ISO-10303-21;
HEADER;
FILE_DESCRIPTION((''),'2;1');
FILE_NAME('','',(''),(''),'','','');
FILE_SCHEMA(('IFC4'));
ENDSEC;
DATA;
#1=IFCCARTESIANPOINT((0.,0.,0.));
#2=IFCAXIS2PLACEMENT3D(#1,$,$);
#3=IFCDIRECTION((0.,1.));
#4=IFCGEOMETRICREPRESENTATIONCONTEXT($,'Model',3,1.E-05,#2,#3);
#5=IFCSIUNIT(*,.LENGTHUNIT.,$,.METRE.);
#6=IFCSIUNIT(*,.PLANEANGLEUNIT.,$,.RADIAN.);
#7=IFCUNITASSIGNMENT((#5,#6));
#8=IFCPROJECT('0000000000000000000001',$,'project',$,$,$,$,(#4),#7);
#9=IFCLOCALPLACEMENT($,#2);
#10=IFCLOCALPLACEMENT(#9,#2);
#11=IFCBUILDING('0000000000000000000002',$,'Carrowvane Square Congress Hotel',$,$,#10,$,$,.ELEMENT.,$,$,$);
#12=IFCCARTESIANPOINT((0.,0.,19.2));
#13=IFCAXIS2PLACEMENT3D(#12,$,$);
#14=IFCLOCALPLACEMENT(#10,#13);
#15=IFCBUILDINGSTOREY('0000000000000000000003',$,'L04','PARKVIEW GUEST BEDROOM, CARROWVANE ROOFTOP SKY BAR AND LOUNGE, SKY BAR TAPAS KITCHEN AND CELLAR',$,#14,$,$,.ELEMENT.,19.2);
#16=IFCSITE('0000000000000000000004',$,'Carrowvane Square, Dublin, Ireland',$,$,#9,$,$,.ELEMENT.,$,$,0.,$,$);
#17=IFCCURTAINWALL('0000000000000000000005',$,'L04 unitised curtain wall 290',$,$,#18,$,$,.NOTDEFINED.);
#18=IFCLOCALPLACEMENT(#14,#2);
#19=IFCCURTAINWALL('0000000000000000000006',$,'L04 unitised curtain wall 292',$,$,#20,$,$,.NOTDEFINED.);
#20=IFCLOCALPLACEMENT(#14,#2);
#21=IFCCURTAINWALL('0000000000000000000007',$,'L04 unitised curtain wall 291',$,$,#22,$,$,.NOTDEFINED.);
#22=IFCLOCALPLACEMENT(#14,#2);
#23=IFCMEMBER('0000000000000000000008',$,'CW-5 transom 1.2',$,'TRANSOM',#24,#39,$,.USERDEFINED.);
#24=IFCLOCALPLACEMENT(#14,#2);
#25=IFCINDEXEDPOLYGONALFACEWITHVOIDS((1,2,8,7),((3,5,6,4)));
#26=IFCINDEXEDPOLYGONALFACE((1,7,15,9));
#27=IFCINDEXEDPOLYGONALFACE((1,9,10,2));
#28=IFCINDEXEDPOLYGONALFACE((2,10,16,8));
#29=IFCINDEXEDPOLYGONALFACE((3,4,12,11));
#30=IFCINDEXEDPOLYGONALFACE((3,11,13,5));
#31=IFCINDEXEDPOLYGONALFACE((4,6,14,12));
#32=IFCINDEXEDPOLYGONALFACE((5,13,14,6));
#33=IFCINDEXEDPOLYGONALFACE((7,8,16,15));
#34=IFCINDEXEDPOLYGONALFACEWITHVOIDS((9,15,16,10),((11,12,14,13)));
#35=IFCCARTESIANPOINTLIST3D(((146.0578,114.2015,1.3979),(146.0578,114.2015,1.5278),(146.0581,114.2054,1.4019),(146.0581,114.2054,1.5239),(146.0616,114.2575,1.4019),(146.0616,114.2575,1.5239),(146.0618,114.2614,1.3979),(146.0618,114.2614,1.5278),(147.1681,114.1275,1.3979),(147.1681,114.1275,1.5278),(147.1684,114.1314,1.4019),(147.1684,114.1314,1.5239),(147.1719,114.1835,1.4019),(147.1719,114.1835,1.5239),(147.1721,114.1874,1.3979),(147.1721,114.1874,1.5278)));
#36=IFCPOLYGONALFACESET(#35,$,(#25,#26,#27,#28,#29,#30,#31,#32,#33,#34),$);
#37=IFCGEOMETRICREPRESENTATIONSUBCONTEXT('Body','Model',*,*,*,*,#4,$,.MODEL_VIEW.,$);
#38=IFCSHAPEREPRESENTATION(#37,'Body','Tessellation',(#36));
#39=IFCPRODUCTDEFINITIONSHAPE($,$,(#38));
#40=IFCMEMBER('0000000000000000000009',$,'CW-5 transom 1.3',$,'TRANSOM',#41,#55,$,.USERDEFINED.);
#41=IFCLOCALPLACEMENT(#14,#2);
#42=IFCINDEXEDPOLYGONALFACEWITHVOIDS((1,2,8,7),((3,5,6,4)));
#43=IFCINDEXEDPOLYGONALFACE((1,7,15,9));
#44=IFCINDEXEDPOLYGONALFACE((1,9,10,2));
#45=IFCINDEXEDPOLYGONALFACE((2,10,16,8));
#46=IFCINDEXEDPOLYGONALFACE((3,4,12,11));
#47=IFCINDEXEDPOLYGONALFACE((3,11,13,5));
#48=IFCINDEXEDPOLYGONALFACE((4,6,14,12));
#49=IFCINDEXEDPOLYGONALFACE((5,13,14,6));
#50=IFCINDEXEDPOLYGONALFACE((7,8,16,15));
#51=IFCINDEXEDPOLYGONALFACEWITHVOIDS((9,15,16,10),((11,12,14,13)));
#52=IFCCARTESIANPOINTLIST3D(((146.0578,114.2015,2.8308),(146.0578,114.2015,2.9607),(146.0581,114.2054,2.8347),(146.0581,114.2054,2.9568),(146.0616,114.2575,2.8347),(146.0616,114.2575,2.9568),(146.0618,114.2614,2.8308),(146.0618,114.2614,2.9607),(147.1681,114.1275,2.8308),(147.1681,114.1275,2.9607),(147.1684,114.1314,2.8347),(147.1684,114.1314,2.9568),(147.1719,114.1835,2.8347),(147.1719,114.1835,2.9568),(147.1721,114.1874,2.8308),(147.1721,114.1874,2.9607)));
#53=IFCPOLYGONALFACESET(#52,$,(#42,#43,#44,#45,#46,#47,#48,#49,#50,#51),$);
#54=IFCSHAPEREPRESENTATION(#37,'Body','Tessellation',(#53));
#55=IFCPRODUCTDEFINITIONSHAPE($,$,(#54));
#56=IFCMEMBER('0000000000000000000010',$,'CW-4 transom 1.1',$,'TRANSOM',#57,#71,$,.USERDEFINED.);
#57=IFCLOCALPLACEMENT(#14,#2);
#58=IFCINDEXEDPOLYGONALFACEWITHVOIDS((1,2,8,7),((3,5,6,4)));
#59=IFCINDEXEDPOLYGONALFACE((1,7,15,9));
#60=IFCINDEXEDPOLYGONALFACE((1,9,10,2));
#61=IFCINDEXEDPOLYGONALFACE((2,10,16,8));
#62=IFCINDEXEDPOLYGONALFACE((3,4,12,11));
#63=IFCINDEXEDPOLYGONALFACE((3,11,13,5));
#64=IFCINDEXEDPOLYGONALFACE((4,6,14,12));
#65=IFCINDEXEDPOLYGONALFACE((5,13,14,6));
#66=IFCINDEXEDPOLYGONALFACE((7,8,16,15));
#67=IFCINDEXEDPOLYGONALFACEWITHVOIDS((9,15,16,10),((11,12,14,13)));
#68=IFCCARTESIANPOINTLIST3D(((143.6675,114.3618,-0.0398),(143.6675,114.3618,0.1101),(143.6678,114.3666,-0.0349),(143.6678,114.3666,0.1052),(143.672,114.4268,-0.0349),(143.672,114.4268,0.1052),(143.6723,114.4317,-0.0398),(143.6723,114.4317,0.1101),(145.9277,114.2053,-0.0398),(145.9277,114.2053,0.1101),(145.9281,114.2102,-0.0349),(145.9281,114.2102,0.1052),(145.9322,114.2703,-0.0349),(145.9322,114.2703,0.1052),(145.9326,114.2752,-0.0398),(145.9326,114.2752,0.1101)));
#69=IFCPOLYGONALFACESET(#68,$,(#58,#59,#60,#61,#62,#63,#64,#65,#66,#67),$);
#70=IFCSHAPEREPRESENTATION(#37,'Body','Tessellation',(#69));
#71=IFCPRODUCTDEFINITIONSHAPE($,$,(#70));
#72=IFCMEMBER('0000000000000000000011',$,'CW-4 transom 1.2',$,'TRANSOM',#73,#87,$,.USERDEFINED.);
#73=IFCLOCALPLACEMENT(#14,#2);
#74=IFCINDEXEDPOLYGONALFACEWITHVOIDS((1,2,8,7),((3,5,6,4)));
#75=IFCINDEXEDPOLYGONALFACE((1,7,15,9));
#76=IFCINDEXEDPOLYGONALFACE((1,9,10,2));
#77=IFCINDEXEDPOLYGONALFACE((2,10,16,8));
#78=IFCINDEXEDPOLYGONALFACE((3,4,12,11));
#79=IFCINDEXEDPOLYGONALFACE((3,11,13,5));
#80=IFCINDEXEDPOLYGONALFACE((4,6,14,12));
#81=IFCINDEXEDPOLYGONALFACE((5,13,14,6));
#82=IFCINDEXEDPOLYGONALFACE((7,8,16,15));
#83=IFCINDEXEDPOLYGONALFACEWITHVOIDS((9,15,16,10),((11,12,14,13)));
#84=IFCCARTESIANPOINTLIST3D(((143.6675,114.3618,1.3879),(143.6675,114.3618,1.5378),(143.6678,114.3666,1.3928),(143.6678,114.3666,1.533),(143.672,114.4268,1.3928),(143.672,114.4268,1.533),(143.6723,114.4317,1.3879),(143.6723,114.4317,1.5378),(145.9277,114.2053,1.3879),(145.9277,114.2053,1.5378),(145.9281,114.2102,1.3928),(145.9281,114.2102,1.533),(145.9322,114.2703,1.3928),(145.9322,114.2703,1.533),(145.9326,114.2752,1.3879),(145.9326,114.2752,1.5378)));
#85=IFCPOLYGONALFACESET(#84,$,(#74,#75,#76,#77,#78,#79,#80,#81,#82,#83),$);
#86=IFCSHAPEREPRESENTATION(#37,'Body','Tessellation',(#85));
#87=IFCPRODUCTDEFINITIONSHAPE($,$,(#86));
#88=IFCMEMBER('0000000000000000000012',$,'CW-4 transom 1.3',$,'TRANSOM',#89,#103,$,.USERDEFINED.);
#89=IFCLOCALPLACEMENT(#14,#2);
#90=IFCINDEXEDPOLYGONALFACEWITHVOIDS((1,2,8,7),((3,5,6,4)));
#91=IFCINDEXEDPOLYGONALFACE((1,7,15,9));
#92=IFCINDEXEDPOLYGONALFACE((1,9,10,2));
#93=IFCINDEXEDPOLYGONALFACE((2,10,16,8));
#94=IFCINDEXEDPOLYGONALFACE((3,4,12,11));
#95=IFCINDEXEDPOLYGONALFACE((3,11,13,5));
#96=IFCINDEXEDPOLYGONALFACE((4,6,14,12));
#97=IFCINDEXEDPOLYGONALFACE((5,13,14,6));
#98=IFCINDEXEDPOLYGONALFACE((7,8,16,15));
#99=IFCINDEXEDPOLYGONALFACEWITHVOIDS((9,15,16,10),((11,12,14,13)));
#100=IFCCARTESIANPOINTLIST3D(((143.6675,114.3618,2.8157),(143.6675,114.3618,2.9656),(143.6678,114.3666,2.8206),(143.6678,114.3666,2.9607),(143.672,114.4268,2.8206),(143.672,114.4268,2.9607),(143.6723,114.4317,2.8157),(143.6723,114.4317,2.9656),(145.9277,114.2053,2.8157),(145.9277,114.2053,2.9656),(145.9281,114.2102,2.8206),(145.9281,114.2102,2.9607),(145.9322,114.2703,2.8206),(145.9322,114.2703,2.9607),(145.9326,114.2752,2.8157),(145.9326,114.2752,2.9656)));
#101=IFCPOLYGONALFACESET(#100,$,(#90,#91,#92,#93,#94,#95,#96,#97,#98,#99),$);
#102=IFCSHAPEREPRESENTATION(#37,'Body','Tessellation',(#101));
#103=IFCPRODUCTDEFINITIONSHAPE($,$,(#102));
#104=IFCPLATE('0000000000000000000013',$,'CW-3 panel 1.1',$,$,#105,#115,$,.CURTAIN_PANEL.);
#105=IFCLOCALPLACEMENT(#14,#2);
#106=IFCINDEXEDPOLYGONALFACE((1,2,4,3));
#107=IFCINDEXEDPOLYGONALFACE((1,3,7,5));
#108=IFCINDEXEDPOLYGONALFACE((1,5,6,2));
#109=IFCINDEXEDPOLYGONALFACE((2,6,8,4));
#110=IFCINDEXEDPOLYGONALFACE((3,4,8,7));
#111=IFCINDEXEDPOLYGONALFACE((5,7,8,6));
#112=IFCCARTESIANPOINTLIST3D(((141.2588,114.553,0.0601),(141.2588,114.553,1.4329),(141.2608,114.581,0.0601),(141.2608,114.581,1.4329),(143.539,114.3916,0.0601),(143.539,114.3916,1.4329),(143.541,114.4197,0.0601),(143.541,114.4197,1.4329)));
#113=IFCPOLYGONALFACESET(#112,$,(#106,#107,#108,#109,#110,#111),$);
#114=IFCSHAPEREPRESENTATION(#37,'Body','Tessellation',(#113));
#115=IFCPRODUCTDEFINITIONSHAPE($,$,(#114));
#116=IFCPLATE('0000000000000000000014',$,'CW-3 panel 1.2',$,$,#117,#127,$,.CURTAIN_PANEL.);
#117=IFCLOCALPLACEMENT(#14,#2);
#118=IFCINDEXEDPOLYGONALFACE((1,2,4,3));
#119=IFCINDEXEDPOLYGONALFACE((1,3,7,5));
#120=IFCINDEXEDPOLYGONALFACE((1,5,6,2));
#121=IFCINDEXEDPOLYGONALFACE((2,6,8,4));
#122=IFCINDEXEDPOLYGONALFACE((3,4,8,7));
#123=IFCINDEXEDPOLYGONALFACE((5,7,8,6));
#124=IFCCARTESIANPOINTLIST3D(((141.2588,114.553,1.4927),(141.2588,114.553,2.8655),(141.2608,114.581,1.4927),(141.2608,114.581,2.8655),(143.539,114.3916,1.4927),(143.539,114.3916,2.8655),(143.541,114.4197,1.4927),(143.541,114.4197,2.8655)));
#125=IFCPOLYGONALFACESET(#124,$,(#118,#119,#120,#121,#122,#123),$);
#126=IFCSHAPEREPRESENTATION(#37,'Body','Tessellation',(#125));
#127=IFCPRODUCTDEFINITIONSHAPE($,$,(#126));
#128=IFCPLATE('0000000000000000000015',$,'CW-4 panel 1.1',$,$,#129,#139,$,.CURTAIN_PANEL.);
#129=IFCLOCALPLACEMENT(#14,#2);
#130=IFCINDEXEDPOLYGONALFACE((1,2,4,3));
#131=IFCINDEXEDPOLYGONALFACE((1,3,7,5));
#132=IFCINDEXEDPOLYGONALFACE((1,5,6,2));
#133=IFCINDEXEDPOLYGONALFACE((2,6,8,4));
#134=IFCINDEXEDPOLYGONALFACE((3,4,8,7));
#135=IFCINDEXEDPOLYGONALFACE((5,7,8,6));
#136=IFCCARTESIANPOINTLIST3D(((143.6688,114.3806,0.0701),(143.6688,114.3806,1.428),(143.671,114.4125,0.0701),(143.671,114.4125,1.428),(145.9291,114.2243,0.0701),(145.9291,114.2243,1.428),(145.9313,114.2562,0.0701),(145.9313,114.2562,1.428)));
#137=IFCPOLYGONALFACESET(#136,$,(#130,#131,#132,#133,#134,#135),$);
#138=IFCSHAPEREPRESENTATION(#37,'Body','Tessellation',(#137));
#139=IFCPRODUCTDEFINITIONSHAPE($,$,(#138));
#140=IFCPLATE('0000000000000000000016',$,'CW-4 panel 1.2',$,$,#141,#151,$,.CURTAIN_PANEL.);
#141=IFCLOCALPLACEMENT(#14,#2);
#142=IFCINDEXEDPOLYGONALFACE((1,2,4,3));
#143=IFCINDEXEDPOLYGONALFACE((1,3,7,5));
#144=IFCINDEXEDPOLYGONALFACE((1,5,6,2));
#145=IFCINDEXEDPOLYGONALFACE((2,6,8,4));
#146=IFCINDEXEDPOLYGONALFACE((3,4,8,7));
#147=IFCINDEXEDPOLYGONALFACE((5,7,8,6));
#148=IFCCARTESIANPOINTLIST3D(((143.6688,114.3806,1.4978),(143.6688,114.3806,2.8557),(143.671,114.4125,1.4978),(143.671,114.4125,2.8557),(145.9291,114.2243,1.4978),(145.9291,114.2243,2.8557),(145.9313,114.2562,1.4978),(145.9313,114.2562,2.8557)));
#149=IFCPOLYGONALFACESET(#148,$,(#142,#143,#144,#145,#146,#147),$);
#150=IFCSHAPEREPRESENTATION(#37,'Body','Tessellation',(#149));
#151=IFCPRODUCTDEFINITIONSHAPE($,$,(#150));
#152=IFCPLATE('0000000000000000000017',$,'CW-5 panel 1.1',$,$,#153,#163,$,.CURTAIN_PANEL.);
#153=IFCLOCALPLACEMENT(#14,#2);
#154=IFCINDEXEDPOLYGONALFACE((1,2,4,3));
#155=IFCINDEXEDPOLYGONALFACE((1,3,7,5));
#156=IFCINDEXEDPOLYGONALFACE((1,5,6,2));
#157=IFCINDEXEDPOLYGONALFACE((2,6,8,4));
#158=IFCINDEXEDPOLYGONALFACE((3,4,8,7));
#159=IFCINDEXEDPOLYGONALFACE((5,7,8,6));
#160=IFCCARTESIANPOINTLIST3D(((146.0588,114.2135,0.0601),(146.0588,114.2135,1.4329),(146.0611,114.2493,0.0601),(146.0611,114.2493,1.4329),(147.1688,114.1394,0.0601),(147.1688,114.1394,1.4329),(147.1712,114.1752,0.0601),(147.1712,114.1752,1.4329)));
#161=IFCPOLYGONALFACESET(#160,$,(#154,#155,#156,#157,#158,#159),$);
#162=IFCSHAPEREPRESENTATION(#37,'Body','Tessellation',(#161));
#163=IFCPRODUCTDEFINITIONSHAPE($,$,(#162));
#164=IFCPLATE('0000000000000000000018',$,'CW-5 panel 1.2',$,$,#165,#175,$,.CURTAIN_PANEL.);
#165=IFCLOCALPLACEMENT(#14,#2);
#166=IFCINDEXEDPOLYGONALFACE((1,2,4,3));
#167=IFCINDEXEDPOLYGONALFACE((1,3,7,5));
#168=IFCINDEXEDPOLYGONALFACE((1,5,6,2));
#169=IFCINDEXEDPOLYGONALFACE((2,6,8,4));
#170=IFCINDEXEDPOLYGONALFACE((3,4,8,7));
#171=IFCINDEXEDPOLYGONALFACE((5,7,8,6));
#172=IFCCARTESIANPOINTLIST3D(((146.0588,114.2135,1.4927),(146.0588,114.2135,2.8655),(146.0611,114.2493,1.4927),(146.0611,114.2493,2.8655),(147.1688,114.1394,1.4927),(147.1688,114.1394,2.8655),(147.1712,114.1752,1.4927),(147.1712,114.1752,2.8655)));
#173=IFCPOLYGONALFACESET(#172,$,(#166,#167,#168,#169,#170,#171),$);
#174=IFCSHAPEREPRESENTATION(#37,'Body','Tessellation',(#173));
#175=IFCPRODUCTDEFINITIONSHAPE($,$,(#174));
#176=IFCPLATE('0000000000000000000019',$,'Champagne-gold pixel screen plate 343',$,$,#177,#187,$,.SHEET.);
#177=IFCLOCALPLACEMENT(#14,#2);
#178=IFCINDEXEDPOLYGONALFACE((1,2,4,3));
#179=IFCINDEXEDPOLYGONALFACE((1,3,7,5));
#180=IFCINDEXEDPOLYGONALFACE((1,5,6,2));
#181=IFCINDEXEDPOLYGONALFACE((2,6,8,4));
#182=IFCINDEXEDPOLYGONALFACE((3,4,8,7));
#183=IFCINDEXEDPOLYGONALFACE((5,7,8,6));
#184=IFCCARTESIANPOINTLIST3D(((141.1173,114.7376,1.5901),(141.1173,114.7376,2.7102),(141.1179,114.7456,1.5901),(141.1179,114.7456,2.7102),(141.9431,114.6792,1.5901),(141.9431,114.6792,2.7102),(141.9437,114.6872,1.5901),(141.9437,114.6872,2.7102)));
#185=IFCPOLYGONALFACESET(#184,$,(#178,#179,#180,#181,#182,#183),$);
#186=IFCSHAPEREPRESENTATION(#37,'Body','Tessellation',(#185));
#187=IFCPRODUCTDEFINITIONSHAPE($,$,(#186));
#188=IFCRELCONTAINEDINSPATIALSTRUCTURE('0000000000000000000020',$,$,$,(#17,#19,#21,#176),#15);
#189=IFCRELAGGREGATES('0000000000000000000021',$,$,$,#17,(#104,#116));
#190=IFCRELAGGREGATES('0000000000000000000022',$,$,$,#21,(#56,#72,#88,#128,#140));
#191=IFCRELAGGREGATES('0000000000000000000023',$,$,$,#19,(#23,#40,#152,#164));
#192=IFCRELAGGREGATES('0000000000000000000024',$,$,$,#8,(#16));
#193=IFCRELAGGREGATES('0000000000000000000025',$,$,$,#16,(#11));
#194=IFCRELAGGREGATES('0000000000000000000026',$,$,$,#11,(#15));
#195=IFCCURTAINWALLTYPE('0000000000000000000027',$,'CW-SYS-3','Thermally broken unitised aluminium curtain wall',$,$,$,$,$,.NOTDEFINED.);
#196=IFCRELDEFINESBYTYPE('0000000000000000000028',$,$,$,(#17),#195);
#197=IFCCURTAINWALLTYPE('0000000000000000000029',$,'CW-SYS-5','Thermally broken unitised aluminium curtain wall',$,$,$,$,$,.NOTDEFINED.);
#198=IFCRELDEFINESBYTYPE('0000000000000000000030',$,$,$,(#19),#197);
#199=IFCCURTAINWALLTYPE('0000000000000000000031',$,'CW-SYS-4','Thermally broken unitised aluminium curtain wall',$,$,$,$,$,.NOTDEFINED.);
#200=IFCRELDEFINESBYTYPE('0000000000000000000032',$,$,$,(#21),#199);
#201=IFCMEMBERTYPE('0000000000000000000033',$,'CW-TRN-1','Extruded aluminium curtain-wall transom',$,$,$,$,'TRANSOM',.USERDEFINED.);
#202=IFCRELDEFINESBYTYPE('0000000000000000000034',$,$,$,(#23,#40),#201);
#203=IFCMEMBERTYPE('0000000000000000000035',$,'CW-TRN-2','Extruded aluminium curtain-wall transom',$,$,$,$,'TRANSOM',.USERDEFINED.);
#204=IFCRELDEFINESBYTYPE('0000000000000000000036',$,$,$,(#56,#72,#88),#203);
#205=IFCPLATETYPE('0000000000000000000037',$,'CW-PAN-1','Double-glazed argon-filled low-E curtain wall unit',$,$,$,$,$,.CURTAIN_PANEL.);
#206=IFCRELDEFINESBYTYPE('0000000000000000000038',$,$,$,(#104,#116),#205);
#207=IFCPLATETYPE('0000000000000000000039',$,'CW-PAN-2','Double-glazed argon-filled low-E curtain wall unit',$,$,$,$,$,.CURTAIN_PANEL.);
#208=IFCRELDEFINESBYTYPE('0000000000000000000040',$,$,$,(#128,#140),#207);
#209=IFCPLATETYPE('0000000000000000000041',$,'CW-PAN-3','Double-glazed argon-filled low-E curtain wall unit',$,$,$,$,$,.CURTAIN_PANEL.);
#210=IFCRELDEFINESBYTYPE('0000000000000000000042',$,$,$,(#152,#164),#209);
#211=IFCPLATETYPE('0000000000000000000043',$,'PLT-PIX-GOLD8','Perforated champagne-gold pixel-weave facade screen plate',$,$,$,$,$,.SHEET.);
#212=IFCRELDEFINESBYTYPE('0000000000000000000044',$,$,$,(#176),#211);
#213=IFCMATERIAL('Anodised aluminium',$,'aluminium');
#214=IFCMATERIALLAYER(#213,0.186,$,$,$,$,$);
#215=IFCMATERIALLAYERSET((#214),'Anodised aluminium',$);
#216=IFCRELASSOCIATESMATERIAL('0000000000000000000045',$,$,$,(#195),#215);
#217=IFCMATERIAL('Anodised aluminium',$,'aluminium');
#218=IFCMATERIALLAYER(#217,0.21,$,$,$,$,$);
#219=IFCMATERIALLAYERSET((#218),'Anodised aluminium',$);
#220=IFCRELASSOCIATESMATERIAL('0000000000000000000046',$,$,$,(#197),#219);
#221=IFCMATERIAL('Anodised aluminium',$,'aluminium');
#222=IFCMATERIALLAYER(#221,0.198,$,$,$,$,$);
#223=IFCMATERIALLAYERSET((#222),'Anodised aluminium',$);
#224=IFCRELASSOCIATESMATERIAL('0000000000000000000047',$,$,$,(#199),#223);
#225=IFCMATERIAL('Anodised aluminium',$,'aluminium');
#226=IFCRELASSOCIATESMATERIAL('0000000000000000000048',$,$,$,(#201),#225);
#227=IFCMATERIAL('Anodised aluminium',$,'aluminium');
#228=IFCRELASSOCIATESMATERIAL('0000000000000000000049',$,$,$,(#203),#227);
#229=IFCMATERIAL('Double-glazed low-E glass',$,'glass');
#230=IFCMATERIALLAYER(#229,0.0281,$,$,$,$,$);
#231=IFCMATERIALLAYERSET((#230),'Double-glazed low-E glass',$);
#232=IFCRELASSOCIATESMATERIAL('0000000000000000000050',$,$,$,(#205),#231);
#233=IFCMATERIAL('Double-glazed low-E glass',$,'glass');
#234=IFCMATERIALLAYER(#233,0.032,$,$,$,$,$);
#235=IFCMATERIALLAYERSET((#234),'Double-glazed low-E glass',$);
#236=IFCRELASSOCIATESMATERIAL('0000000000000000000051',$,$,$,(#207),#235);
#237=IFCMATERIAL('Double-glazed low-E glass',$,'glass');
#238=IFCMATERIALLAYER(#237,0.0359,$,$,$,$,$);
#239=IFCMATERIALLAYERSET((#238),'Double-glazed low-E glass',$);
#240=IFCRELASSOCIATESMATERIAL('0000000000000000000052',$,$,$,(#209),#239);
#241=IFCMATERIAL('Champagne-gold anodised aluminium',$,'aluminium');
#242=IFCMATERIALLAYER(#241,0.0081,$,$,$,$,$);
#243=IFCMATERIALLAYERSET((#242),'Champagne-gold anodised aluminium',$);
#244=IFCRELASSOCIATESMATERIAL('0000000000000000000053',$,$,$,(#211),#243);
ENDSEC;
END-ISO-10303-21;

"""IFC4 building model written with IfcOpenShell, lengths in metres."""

from ifc_helpers import new_model, si_unit, direction, frame, origin, origin_2d, place, context, subcontext, project, spatial, rectangle, hollow_rectangle, extrude, material, layer, layer_set, material_profile, profile_set, type_object, element, aggregate, save


model = new_model("IFC4")

# Units and contexts
model_context = context("Model", 3, precision=1e-05, world=origin(), true_north=direction((0.0, 1.0)))
body_context = subcontext(model_context, "Body", "Model", "MODEL_VIEW")
ifc_project = project(units=[si_unit("LENGTHUNIT", "METRE"), si_unit("PLANEANGLEUNIT", "RADIAN")], contexts=[model_context])

# Site, building, storey
site_placement = place(None, origin())
site = spatial("IfcSite", under=ifc_project, at=site_placement, Name="Carrowvane Square, Dublin, Ireland", CompositionType="ELEMENT", RefElevation=0.0)
building_placement = place(site_placement, origin())
building = spatial("IfcBuilding", under=site, at=building_placement, Name="Carrowvane Square Congress Hotel", CompositionType="ELEMENT")
storey_placement = place(building_placement, frame((0.0, 0.0, 19.2)))
storey = spatial("IfcBuildingStorey", under=building, at=storey_placement, Name="L04", Description="PARKVIEW GUEST BEDROOM, CARROWVANE ROOFTOP SKY BAR AND LOUNGE, SKY BAR TAPAS KITCHEN AND CELLAR", CompositionType="ELEMENT", Elevation=19.2)

# Curtain wall
ifc_material_1 = material(Name="Anodised aluminium", Category="aluminium")
ifc_layer_1 = layer(ifc_material_1, 0.186)
ifc_layer_set_1 = layer_set([ifc_layer_1], Name="Anodised aluminium")
curtain_wall_type_1 = type_object("IfcCurtainWallType", Name="CW-SYS-3", Description="Thermally broken unitised aluminium curtain wall", PredefinedType="NOTDEFINED", material=ifc_layer_set_1)
curtain_wall_1_placement = place(storey_placement, origin())
curtain_wall_1 = element("IfcCurtainWall", 1, at=curtain_wall_1_placement, inside=storey, type_object=curtain_wall_type_1, Name="L04 unitised curtain wall 290", PredefinedType="NOTDEFINED")

# Curtain wall
ifc_material_2 = material(Name="Anodised aluminium", Category="aluminium")
ifc_layer_2 = layer(ifc_material_2, 0.21)
ifc_layer_set_2 = layer_set([ifc_layer_2], Name="Anodised aluminium")
curtain_wall_type_2 = type_object("IfcCurtainWallType", Name="CW-SYS-5", Description="Thermally broken unitised aluminium curtain wall", PredefinedType="NOTDEFINED", material=ifc_layer_set_2)
curtain_wall_2_placement = place(storey_placement, origin())
curtain_wall_2 = element("IfcCurtainWall", 2, at=curtain_wall_2_placement, inside=storey, type_object=curtain_wall_type_2, Name="L04 unitised curtain wall 292", PredefinedType="NOTDEFINED")

# Curtain wall
ifc_material_3 = material(Name="Anodised aluminium", Category="aluminium")
ifc_layer_3 = layer(ifc_material_3, 0.198)
ifc_layer_set_3 = layer_set([ifc_layer_3], Name="Anodised aluminium")
curtain_wall_type_3 = type_object("IfcCurtainWallType", Name="CW-SYS-4", Description="Thermally broken unitised aluminium curtain wall", PredefinedType="NOTDEFINED", material=ifc_layer_set_3)
curtain_wall_3_placement = place(storey_placement, origin())
curtain_wall_3 = element("IfcCurtainWall", 3, at=curtain_wall_3_placement, inside=storey, type_object=curtain_wall_type_3, Name="L04 unitised curtain wall 291", PredefinedType="NOTDEFINED")

# Members
ifc_material_4 = material(Name="Anodised aluminium", Category="aluminium")
ifc_material_profile_1 = material_profile(ifc_material_4, hollow_rectangle(XDim=0.0601, YDim=0.1299, WallThickness=0.0039, at=origin_2d()), Name="CW-TR 60x130x4")
ifc_profile_set_1 = profile_set([ifc_material_profile_1], Name="Anodised aluminium")
member_type_1 = type_object("IfcMemberType", Name="CW-TRN-1", Description="Extruded aluminium curtain-wall transom", ElementType="TRANSOM", PredefinedType="USERDEFINED", material=ifc_profile_set_1)
member_1_placement = place(storey_placement, frame((146.0598, 114.2314, 1.4629), z_axis=(0.997788, -0.066475, 0.0), x_axis=(0.066475, 0.997788, 0.0)))
member_1 = element("IfcMember", 4, at=member_1_placement, type_object=member_type_1, Name="CW-5 transom 1.2", ObjectType="TRANSOM", PredefinedType="USERDEFINED", context=body_context, shape_type="SweptSolid", body=[
    extrude(hollow_rectangle(XDim=0.0601, YDim=0.1299, WallThickness=0.0039, at=origin_2d()), origin(), (0.0, 0.0, 1.0), 1.1128),
])
member_2_placement = place(storey_placement, frame((146.0598, 114.2314, 2.8958), z_axis=(0.997788, -0.066475, 0.0), x_axis=(0.066475, 0.997788, 0.0)))
member_2 = element("IfcMember", 5, at=member_2_placement, type_object=member_type_1, Name="CW-5 transom 1.3", ObjectType="TRANSOM", PredefinedType="USERDEFINED", context=body_context, shape_type="SweptSolid", body=[
    extrude(hollow_rectangle(XDim=0.0601, YDim=0.1299, WallThickness=0.0039, at=origin_2d()), origin(), (0.0, 0.0, 1.0), 1.1128),
])
ifc_material_5 = material(Name="Anodised aluminium", Category="aluminium")
ifc_material_profile_2 = material_profile(ifc_material_5, hollow_rectangle(XDim=0.0701, YDim=0.1499, WallThickness=0.0049, at=origin_2d()), Name="CW-TR 70x150x5")
ifc_profile_set_2 = profile_set([ifc_material_profile_2], Name="Anodised aluminium")
member_type_2 = type_object("IfcMemberType", Name="CW-TRN-2", Description="Extruded aluminium curtain-wall transom", ElementType="TRANSOM", PredefinedType="USERDEFINED", material=ifc_profile_set_2)
member_3_placement = place(storey_placement, frame((143.6699, 114.3967, 0.0352), z_axis=(0.997612, -0.069072, 0.0), x_axis=(0.069072, 0.997612, 0.0)))
member_3 = element("IfcMember", 6, at=member_3_placement, type_object=member_type_2, Name="CW-4 transom 1.1", ObjectType="TRANSOM", PredefinedType="USERDEFINED", context=body_context, shape_type="SweptSolid", body=[
    extrude(hollow_rectangle(XDim=0.0701, YDim=0.1499, WallThickness=0.0049, at=origin_2d()), origin(), (0.0, 0.0, 1.0), 2.2656),
])
member_4_placement = place(storey_placement, frame((143.6699, 114.3967, 1.4629), z_axis=(0.997612, -0.069072, 0.0), x_axis=(0.069072, 0.997612, 0.0)))
member_4 = element("IfcMember", 7, at=member_4_placement, type_object=member_type_2, Name="CW-4 transom 1.2", ObjectType="TRANSOM", PredefinedType="USERDEFINED", context=body_context, shape_type="SweptSolid", body=[
    extrude(hollow_rectangle(XDim=0.0701, YDim=0.1499, WallThickness=0.0049, at=origin_2d()), origin(), (0.0, 0.0, 1.0), 2.2656),
])
member_5_placement = place(storey_placement, frame((143.6699, 114.3967, 2.8906), z_axis=(0.997612, -0.069072, 0.0), x_axis=(0.069072, 0.997612, 0.0)))
member_5 = element("IfcMember", 8, at=member_5_placement, type_object=member_type_2, Name="CW-4 transom 1.3", ObjectType="TRANSOM", PredefinedType="USERDEFINED", context=body_context, shape_type="SweptSolid", body=[
    extrude(hollow_rectangle(XDim=0.0701, YDim=0.1499, WallThickness=0.0049, at=origin_2d()), origin(), (0.0, 0.0, 1.0), 2.2656),
])

# Plates
ifc_material_6 = material(Name="Double-glazed low-E glass", Category="glass")
ifc_layer_4 = layer(ifc_material_6, 0.0281)
ifc_layer_set_4 = layer_set([ifc_layer_4], Name="Double-glazed low-E glass")
plate_type_1 = type_object("IfcPlateType", Name="CW-PAN-1", Description="Double-glazed argon-filled low-E curtain wall unit", PredefinedType="CURTAIN_PANEL", material=ifc_layer_set_4)
plate_1_placement = place(storey_placement, frame((142.3999, 114.4863, 0.0601), z_axis=(0.0, 0.0, 1.0), x_axis=(0.997506, -0.070586, 0.0)))
plate_1 = element("IfcPlate", 9, at=plate_1_placement, type_object=plate_type_1, Name="CW-3 panel 1.1", PredefinedType="CURTAIN_PANEL", context=body_context, shape_type="SweptSolid", body=[
    extrude(rectangle(XDim=2.2859, YDim=0.0281, at=origin_2d()), origin(), (0.0, 0.0, 1.0), 1.3728),
])
plate_2_placement = place(storey_placement, frame((142.3999, 114.4863, 1.4927), z_axis=(0.0, 0.0, 1.0), x_axis=(0.997506, -0.070586, 0.0)))
plate_2 = element("IfcPlate", 10, at=plate_2_placement, type_object=plate_type_1, Name="CW-3 panel 1.2", PredefinedType="CURTAIN_PANEL", context=body_context, shape_type="SweptSolid", body=[
    extrude(rectangle(XDim=2.2859, YDim=0.0281, at=origin_2d()), origin(), (0.0, 0.0, 1.0), 1.3728),
])
aggregate(curtain_wall_1, [plate_1, plate_2])
ifc_material_7 = material(Name="Double-glazed low-E glass", Category="glass")
ifc_layer_5 = layer(ifc_material_7, 0.032)
ifc_layer_set_5 = layer_set([ifc_layer_5], Name="Double-glazed low-E glass")
plate_type_2 = type_object("IfcPlateType", Name="CW-PAN-2", Description="Double-glazed argon-filled low-E curtain wall unit", PredefinedType="CURTAIN_PANEL", material=ifc_layer_set_5)
plate_3_placement = place(storey_placement, frame((144.8, 114.3184, 0.0701), z_axis=(0.0, 0.0, 1.0), x_axis=(0.997618, -0.068986, 0.0)))
plate_3 = element("IfcPlate", 11, at=plate_3_placement, type_object=plate_type_2, Name="CW-4 panel 1.1", PredefinedType="CURTAIN_PANEL", context=body_context, shape_type="SweptSolid", body=[
    extrude(rectangle(XDim=2.2656, YDim=0.032, at=origin_2d()), origin(), (0.0, 0.0, 1.0), 1.3579),
])
plate_4_placement = place(storey_placement, frame((144.8, 114.3184, 1.4978), z_axis=(0.0, 0.0, 1.0), x_axis=(0.997618, -0.068986, 0.0)))
plate_4 = element("IfcPlate", 12, at=plate_4_placement, type_object=plate_type_2, Name="CW-4 panel 1.2", PredefinedType="CURTAIN_PANEL", context=body_context, shape_type="SweptSolid", body=[
    extrude(rectangle(XDim=2.2656, YDim=0.032, at=origin_2d()), origin(), (0.0, 0.0, 1.0), 1.3579),
])
aggregate(curtain_wall_3, [member_3, member_4, member_5, plate_3, plate_4])
ifc_material_8 = material(Name="Double-glazed low-E glass", Category="glass")
ifc_layer_6 = layer(ifc_material_8, 0.0359)
ifc_layer_set_6 = layer_set([ifc_layer_6], Name="Double-glazed low-E glass")
plate_type_3 = type_object("IfcPlateType", Name="CW-PAN-3", Description="Double-glazed argon-filled low-E curtain wall unit", PredefinedType="CURTAIN_PANEL", material=ifc_layer_set_6)
plate_5_placement = place(storey_placement, frame((146.615, 114.1943, 0.0601), z_axis=(0.0, 0.0, 1.0), x_axis=(0.997781, -0.066574, 0.0)))
plate_5 = element("IfcPlate", 13, at=plate_5_placement, type_object=plate_type_3, Name="CW-5 panel 1.1", PredefinedType="CURTAIN_PANEL", context=body_context, shape_type="SweptSolid", body=[
    extrude(rectangle(XDim=1.1125, YDim=0.0359, at=origin_2d()), origin(), (0.0, 0.0, 1.0), 1.3728),
])
plate_6_placement = place(storey_placement, frame((146.615, 114.1943, 1.4927), z_axis=(0.0, 0.0, 1.0), x_axis=(0.997781, -0.066574, 0.0)))
plate_6 = element("IfcPlate", 14, at=plate_6_placement, type_object=plate_type_3, Name="CW-5 panel 1.2", PredefinedType="CURTAIN_PANEL", context=body_context, shape_type="SweptSolid", body=[
    extrude(rectangle(XDim=1.1125, YDim=0.0359, at=origin_2d()), origin(), (0.0, 0.0, 1.0), 1.3728),
])
aggregate(curtain_wall_2, [member_1, member_2, plate_5, plate_6])

# Plate
ifc_material_9 = material(Name="Champagne-gold anodised aluminium", Category="aluminium")
ifc_layer_7 = layer(ifc_material_9, 0.0081)
ifc_layer_set_7 = layer_set([ifc_layer_7], Name="Champagne-gold anodised aluminium")
plate_type_4 = type_object("IfcPlateType", Name="PLT-PIX-GOLD8", Description="Perforated champagne-gold pixel-weave facade screen plate", PredefinedType="SHEET", material=ifc_layer_set_7)
for number, where, z_axis, x_axis, name in (
    (15, (141.5305, 114.7124, 1.5901), (0.0, 0.0, 1.0), (0.997506, -0.070585, 0.0), "Champagne-gold pixel screen plate 343"),
):
    element("IfcPlate", number, at=place(storey_placement, frame(where, z_axis=z_axis, x_axis=x_axis)), inside=storey, type_object=plate_type_4, Name=name, PredefinedType="SHEET", context=body_context, shape_type="SweptSolid", body=[
        extrude(rectangle(XDim=0.8279, YDim=0.0081, at=origin_2d()), origin(), (0.0, 0.0, 1.0), 1.1201),
    ])

save(model, "model.ifc")
